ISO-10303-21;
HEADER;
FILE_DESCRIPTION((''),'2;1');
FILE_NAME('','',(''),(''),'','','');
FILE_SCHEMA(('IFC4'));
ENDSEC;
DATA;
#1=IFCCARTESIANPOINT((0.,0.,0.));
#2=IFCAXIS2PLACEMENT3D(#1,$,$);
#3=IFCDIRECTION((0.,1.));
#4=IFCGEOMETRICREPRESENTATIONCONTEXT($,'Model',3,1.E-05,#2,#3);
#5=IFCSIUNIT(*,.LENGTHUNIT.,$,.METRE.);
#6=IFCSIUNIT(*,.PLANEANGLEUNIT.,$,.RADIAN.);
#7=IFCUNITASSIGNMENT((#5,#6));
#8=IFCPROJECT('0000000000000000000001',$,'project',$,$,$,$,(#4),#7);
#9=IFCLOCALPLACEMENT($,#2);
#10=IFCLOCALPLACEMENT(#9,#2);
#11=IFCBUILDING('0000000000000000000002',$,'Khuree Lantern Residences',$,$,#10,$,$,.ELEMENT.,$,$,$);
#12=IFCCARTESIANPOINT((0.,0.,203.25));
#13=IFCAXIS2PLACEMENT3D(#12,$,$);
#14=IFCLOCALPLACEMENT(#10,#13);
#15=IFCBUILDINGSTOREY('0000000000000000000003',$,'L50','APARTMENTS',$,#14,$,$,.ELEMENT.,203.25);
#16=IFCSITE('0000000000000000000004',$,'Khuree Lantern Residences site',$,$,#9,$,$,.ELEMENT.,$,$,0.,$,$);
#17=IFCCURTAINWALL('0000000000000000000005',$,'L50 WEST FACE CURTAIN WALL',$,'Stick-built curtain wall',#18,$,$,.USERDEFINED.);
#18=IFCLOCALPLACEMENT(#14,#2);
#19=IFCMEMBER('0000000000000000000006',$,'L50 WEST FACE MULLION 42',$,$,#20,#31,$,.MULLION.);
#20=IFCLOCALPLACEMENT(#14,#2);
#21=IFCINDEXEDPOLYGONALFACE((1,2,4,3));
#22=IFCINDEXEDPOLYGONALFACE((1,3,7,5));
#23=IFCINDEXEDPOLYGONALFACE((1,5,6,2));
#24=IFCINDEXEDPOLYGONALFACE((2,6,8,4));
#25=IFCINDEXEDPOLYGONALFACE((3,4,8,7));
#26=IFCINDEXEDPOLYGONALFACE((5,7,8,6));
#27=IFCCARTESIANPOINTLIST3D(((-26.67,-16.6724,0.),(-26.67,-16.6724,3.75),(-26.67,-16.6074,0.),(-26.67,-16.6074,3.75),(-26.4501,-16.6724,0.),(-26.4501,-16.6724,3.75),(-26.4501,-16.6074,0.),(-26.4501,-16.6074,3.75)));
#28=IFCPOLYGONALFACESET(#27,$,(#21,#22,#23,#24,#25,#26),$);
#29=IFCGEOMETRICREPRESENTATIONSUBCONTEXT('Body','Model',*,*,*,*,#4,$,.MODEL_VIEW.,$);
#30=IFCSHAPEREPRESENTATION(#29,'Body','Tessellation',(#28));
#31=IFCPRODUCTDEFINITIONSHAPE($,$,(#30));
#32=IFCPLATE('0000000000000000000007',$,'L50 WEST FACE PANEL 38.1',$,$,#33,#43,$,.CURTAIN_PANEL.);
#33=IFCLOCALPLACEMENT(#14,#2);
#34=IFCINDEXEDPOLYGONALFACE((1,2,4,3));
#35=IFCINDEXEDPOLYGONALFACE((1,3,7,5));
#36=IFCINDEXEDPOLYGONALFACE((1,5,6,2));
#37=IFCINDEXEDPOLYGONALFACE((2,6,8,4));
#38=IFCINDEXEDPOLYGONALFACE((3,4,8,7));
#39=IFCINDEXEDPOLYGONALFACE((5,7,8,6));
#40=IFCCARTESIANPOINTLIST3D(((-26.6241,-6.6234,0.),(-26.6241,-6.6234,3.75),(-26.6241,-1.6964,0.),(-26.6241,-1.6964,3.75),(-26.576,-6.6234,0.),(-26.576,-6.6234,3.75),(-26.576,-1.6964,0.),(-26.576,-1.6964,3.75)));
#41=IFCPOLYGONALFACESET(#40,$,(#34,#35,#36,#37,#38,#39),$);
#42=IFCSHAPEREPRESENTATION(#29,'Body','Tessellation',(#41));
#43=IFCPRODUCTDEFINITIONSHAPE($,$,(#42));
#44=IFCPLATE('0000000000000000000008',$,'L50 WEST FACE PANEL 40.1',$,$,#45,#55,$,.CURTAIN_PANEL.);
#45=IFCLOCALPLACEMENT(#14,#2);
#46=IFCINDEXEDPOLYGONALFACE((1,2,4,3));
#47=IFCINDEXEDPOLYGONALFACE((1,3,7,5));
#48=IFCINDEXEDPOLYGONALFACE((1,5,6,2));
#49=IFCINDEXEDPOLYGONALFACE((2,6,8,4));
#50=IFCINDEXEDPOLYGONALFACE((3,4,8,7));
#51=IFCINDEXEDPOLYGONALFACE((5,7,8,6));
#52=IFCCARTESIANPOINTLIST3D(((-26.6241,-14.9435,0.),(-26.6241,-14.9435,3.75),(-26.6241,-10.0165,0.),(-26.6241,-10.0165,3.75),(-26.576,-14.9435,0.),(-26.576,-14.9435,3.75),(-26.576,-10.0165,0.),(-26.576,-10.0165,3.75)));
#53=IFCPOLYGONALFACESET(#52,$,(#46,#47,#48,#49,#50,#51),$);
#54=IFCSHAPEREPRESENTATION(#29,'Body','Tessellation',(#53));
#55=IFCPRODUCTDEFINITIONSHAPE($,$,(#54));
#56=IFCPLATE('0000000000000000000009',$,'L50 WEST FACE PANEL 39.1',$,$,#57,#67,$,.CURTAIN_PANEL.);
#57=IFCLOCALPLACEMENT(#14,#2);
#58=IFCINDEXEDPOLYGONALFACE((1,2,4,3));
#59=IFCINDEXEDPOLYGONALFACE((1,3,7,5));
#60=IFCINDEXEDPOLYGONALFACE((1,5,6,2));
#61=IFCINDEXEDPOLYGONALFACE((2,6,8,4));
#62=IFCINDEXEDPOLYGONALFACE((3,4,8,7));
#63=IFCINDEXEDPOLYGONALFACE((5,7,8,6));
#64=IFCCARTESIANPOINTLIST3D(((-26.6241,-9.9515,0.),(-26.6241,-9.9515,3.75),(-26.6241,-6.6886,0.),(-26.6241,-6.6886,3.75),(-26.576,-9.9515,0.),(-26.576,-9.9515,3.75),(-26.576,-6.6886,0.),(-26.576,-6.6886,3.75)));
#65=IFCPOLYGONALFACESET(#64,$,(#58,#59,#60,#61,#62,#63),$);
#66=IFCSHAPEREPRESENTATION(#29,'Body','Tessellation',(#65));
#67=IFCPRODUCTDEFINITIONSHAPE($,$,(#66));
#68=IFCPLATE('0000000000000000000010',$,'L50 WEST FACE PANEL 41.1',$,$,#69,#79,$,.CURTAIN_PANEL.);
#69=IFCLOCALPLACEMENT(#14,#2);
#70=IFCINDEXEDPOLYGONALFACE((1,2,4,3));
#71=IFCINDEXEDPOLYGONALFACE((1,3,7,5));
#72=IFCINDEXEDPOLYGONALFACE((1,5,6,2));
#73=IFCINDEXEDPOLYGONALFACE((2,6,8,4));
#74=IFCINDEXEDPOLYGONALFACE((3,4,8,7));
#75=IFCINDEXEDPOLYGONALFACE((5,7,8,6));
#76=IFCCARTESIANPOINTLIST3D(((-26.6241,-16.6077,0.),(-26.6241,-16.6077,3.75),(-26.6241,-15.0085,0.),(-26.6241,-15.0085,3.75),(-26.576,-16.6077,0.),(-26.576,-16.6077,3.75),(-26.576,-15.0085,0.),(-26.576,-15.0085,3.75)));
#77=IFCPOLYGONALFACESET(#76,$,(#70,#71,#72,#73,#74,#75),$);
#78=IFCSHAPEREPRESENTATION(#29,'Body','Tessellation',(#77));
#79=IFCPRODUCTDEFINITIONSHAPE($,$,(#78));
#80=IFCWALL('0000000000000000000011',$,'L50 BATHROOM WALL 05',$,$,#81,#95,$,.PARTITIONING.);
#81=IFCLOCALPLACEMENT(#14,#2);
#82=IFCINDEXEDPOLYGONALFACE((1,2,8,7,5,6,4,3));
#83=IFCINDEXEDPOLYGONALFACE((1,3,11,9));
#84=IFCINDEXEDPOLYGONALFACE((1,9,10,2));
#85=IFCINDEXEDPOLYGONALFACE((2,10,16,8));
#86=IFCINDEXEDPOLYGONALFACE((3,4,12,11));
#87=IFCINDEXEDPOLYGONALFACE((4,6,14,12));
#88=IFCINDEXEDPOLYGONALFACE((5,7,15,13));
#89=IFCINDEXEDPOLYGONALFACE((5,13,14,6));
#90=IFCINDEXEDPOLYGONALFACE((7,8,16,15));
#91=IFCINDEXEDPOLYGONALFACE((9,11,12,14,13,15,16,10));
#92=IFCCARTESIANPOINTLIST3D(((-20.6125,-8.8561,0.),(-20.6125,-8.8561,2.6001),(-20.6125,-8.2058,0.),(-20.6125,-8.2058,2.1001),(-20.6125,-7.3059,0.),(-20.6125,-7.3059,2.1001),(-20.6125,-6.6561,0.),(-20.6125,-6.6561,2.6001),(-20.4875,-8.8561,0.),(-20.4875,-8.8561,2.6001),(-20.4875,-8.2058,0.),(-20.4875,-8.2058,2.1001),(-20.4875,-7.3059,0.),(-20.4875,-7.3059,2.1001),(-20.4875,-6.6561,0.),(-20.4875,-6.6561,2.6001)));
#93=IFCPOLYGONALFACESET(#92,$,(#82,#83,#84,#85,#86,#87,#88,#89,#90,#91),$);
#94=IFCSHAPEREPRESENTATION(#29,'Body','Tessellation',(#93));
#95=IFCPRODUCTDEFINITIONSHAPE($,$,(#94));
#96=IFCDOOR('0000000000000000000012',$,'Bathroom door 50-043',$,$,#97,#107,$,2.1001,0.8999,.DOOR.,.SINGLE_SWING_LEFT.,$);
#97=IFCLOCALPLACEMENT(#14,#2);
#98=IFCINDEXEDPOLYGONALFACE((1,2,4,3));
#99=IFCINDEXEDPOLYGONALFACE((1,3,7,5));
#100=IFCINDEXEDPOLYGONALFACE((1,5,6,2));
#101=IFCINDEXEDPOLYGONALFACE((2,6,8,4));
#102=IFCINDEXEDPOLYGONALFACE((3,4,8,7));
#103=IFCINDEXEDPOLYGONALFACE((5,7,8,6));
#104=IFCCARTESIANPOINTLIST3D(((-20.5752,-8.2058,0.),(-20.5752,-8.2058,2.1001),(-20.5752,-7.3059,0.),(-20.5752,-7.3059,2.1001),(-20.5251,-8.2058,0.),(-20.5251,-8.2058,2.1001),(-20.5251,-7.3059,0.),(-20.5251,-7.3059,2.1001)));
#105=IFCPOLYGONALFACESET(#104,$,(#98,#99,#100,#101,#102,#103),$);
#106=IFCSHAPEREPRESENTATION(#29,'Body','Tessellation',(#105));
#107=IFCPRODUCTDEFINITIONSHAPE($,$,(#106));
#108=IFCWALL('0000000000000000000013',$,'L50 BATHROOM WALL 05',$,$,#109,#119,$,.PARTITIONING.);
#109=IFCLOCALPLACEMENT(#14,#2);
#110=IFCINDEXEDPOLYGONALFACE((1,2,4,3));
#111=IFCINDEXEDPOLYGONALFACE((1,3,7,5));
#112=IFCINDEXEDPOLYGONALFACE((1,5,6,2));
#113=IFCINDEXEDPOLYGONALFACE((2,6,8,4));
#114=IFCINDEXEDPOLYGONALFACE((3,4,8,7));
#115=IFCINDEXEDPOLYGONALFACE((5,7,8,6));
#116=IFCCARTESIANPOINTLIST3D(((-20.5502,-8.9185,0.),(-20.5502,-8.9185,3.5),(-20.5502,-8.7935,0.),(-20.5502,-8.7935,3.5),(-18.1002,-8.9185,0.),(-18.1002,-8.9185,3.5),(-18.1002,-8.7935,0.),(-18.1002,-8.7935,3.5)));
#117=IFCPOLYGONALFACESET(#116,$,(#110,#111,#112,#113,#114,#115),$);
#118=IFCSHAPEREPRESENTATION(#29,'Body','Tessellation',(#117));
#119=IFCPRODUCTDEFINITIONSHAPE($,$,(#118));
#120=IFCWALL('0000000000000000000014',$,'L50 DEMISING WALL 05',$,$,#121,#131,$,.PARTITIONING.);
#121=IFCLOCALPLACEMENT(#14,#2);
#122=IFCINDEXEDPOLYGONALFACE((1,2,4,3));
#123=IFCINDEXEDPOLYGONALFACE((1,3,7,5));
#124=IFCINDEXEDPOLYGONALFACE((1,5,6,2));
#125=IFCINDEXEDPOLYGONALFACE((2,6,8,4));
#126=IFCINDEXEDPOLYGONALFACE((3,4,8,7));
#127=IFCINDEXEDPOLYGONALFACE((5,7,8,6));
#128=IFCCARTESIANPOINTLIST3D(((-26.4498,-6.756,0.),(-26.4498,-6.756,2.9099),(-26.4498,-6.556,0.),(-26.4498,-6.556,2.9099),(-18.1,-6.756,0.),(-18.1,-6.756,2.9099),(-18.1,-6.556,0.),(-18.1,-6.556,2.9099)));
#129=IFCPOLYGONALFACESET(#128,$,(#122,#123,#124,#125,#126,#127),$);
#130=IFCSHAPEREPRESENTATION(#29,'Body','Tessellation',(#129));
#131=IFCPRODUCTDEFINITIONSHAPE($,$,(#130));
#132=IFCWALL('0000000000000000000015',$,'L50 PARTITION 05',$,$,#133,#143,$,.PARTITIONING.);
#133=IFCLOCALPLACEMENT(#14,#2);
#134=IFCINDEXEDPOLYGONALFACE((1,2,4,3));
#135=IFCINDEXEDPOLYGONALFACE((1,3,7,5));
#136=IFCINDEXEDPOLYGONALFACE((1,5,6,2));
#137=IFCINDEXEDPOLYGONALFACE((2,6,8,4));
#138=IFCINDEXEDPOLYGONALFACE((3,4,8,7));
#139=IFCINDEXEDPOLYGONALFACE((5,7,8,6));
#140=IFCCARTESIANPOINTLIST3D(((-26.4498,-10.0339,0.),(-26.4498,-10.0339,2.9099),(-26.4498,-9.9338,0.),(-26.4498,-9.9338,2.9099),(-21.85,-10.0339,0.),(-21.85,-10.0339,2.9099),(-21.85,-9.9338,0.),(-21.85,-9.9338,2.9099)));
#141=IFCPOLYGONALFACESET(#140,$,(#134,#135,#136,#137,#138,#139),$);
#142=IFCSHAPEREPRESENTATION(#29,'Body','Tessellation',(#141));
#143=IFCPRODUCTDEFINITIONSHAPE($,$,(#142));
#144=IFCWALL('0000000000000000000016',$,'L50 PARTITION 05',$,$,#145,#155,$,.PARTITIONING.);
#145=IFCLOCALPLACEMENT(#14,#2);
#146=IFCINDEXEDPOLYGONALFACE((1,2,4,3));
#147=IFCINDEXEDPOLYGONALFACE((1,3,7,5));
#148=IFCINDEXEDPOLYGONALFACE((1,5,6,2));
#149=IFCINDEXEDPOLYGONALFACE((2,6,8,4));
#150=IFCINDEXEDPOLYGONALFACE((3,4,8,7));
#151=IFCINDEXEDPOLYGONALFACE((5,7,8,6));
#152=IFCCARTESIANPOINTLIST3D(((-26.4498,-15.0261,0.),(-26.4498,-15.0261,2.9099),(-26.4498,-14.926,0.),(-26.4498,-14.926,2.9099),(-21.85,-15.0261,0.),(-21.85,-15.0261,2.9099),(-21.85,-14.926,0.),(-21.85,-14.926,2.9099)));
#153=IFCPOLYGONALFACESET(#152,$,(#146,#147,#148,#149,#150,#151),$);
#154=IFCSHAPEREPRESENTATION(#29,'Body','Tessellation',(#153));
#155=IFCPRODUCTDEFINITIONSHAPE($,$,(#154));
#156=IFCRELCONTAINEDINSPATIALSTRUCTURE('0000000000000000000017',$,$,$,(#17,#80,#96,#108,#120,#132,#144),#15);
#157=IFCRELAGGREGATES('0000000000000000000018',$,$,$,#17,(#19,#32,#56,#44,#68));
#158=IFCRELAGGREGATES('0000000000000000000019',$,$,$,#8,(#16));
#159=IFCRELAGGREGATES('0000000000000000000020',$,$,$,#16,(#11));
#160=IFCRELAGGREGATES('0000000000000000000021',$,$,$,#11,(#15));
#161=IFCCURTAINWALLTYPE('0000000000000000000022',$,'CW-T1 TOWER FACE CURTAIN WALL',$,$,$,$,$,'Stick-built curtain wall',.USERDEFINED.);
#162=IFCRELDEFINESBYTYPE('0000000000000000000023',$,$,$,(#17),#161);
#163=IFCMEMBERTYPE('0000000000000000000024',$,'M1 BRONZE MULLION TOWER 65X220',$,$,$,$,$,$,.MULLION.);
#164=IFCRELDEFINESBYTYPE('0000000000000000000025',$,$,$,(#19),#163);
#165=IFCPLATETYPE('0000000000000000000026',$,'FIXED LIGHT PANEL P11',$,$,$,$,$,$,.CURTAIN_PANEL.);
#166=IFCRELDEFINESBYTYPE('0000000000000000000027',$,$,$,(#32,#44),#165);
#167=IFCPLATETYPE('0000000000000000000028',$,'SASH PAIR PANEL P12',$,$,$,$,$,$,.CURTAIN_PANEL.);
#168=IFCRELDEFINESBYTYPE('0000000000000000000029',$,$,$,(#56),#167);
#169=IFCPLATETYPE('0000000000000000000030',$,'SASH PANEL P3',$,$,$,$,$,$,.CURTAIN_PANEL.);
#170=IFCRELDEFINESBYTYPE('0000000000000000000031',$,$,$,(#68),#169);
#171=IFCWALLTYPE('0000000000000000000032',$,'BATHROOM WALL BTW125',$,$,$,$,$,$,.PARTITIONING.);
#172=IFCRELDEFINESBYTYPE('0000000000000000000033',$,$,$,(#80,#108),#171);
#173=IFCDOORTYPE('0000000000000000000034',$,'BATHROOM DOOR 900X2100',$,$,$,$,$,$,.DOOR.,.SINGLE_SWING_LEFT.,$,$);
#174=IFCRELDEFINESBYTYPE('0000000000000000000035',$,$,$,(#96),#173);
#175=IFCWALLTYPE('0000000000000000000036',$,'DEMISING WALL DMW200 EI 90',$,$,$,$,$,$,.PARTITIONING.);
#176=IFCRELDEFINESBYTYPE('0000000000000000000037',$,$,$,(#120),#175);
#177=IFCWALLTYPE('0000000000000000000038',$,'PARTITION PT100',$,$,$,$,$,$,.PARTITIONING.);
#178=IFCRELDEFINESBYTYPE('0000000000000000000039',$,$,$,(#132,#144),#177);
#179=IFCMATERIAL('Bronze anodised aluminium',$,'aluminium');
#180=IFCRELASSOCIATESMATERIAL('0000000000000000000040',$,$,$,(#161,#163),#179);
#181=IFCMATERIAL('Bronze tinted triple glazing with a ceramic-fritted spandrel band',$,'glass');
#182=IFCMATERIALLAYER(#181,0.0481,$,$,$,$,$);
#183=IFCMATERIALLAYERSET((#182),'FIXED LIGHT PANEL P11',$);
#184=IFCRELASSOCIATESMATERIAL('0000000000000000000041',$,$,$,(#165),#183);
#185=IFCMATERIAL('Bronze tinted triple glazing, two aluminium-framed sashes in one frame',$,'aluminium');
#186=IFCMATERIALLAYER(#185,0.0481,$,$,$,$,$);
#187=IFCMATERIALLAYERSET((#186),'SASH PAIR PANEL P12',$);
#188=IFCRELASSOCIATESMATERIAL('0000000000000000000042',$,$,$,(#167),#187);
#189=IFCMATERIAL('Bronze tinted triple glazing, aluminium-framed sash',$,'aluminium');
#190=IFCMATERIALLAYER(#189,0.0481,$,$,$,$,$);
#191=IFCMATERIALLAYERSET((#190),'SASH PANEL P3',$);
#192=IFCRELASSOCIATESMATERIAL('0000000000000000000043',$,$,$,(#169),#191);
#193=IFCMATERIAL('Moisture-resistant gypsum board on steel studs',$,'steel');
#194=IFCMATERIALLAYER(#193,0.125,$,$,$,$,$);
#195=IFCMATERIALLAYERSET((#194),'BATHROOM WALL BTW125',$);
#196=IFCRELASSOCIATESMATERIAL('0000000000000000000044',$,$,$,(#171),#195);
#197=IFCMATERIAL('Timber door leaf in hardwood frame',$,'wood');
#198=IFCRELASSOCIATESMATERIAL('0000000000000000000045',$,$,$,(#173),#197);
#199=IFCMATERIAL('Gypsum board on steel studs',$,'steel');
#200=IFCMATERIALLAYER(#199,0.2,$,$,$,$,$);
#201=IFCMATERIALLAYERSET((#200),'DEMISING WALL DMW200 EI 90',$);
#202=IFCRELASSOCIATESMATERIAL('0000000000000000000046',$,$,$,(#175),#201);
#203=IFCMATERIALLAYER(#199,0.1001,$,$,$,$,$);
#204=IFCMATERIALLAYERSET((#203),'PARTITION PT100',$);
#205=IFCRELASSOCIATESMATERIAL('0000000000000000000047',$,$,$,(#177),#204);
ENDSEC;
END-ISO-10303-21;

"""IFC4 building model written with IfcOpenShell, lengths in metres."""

from ifc_helpers import new_model, si_unit, direction, frame, frame_2d, origin, origin_2d, place, context, subcontext, project, spatial, rectangle, extrude, material, layer, layer_set, material_profile, profile_set, type_object, element, fill, aggregate, save


model = new_model("IFC4")

# Units and contexts
model_context = context("Model", 3, precision=1e-05, world=origin(), true_north=direction((0.0, 1.0)))
body_context = subcontext(model_context, "Body", "Model", "MODEL_VIEW")
ifc_project = project(units=[si_unit("LENGTHUNIT", "METRE"), si_unit("PLANEANGLEUNIT", "RADIAN")], contexts=[model_context])

# Site, building, storey
site_placement = place(None, origin())
site = spatial("IfcSite", under=ifc_project, at=site_placement, Name="Khuree Lantern Residences site", CompositionType="ELEMENT", RefElevation=0.0)
building_placement = place(site_placement, origin())
building = spatial("IfcBuilding", under=site, at=building_placement, Name="Khuree Lantern Residences", CompositionType="ELEMENT")
storey_placement = place(building_placement, frame((0.0, 0.0, 203.25)))
storey = spatial("IfcBuildingStorey", under=building, at=storey_placement, Name="L50", Description="APARTMENTS", CompositionType="ELEMENT", Elevation=203.25)

# Curtain wall
ifc_material_1 = material(Name="Bronze anodised aluminium", Category="aluminium")
curtain_wall_type = type_object("IfcCurtainWallType", Name="CW-T1 TOWER FACE CURTAIN WALL", ElementType="Stick-built curtain wall", PredefinedType="USERDEFINED", material=ifc_material_1)
curtain_wall_placement = place(storey_placement, origin())
curtain_wall = element("IfcCurtainWall", 1, at=curtain_wall_placement, inside=storey, type_object=curtain_wall_type, Name="L50 WEST FACE CURTAIN WALL", ObjectType="Stick-built curtain wall", PredefinedType="USERDEFINED")

# Member
ifc_material_profile_1 = material_profile(ifc_material_1, rectangle(XDim=0.0649, YDim=0.22, at=origin_2d()), Name="M1 65X220")
ifc_profile_set_1 = profile_set([ifc_material_profile_1], Name="Bronze anodised aluminium")
member_type_1 = type_object("IfcMemberType", Name="M1 BRONZE MULLION TOWER 65X220", PredefinedType="MULLION", material=ifc_profile_set_1)
member_1_placement = place(storey_placement, frame((-26.5601, -16.6399, 0.0), z_axis=(0.0, 0.0, 1.0), x_axis=(0.0, -1.0, 0.0)))
member_1 = element("IfcMember", 2, at=member_1_placement, type_object=member_type_1, Name="L50 WEST FACE MULLION 42", PredefinedType="MULLION", context=body_context, shape_type="SweptSolid", body=[
    extrude(rectangle(XDim=0.0649, YDim=0.22, at=origin_2d()), origin(), (0.0, 0.0, 1.0), 3.75),
])

# Plates
ifc_material_2 = material(Name="Bronze tinted triple glazing with a ceramic-fritted spandrel band", Category="glass")
ifc_layer_1 = layer(ifc_material_2, 0.0481)
ifc_layer_set_1 = layer_set([ifc_layer_1], Name="FIXED LIGHT PANEL P11")
plate_type_1 = type_object("IfcPlateType", Name="FIXED LIGHT PANEL P11", PredefinedType="CURTAIN_PANEL", material=ifc_layer_set_1)
plate_1_placement = place(storey_placement, frame((-26.6001, -4.1599, 0.0), z_axis=(0.0, 0.0, 1.0), x_axis=(0.0, -1.0, 0.0)))
plate_1 = element("IfcPlate", 3, at=plate_1_placement, type_object=plate_type_1, Name="L50 WEST FACE PANEL 38.1", PredefinedType="CURTAIN_PANEL", context=body_context, shape_type="SweptSolid", body=[
    extrude(rectangle(XDim=4.927, YDim=0.0481, at=origin_2d()), origin(), (0.0, 0.0, 1.0), 3.75),
])
plate_2_placement = place(storey_placement, frame((-26.6001, -12.48, 0.0), z_axis=(0.0, 0.0, 1.0), x_axis=(0.0, -1.0, 0.0)))
plate_2 = element("IfcPlate", 4, at=plate_2_placement, type_object=plate_type_1, Name="L50 WEST FACE PANEL 40.1", PredefinedType="CURTAIN_PANEL", context=body_context, shape_type="SweptSolid", body=[
    extrude(rectangle(XDim=4.927, YDim=0.0481, at=origin_2d()), origin(), (0.0, 0.0, 1.0), 3.75),
])
ifc_material_3 = material(Name="Bronze tinted triple glazing, two aluminium-framed sashes in one frame", Category="aluminium")
ifc_layer_2 = layer(ifc_material_3, 0.0481)
ifc_layer_set_2 = layer_set([ifc_layer_2], Name="SASH PAIR PANEL P12")
plate_type_2 = type_object("IfcPlateType", Name="SASH PAIR PANEL P12", PredefinedType="CURTAIN_PANEL", material=ifc_layer_set_2)
plate_3_placement = place(storey_placement, frame((-26.6001, -8.3201, 0.0), z_axis=(0.0, 0.0, 1.0), x_axis=(0.0, -1.0, 0.0)))
plate_3 = element("IfcPlate", 5, at=plate_3_placement, type_object=plate_type_2, Name="L50 WEST FACE PANEL 39.1", PredefinedType="CURTAIN_PANEL", context=body_context, shape_type="SweptSolid", body=[
    extrude(rectangle(XDim=3.2629, YDim=0.0481, at=origin_2d()), origin(), (0.0, 0.0, 1.0), 3.75),
])
ifc_material_4 = material(Name="Bronze tinted triple glazing, aluminium-framed sash", Category="aluminium")
ifc_layer_3 = layer(ifc_material_4, 0.0481)
ifc_layer_set_3 = layer_set([ifc_layer_3], Name="SASH PANEL P3")
plate_type_3 = type_object("IfcPlateType", Name="SASH PANEL P3", PredefinedType="CURTAIN_PANEL", material=ifc_layer_set_3)
plate_4_placement = place(storey_placement, frame((-26.6001, -15.8081, 0.0), z_axis=(0.0, 0.0, 1.0), x_axis=(0.0, -1.0, 0.0)))
plate_4 = element("IfcPlate", 6, at=plate_4_placement, type_object=plate_type_3, Name="L50 WEST FACE PANEL 41.1", PredefinedType="CURTAIN_PANEL", context=body_context, shape_type="SweptSolid", body=[
    extrude(rectangle(XDim=1.5991, YDim=0.0481, at=origin_2d()), origin(), (0.0, 0.0, 1.0), 3.75),
])
aggregate(curtain_wall, [member_1, plate_1, plate_3, plate_2, plate_4])

# Wall, opening, door
ifc_material_5 = material(Name="Moisture-resistant gypsum board on steel studs", Category="steel")
ifc_layer_4 = layer(ifc_material_5, 0.125)
ifc_layer_set_4 = layer_set([ifc_layer_4], Name="BATHROOM WALL BTW125")
wall_type_1 = type_object("IfcWallType", Name="BATHROOM WALL BTW125", PredefinedType="PARTITIONING", material=ifc_layer_set_4)
wall_1_placement = place(storey_placement, frame((-20.55, -6.656, 0.0), z_axis=(0.0, 0.0, 1.0), x_axis=(0.0, -1.0, 0.0)))
wall_1 = element("IfcWall", 7, at=wall_1_placement, inside=storey, type_object=wall_type_1, Name="L50 BATHROOM WALL 05", PredefinedType="PARTITIONING", context=body_context, shape_type="SweptSolid", body=[
    extrude(rectangle(XDim=2.2, YDim=0.125, at=frame_2d((1.1001, 0.0))), origin(), (0.0, 0.0, 1.0), 2.6001),
])
opening_1_placement = place(wall_1_placement, frame((0.6499, 0.0, 0.0)))
opening_1 = element("IfcOpeningElement", 8, at=opening_1_placement, cuts=wall_1, PredefinedType="OPENING", context=body_context, shape_type="SweptSolid", body=[
    extrude(rectangle(XDim=0.8999, YDim=2.1001, at=frame_2d((0.45, 1.05))), frame((0.0, 0.0725, 0.0), z_axis=(0.0, -1.0, 0.0), x_axis=(1.0, 0.0, 0.0)), (0.0, 0.0, 1.0), 0.145),
])
ifc_material_6 = material(Name="Timber door leaf in hardwood frame", Category="wood")
door_type_1 = type_object("IfcDoorType", Name="BATHROOM DOOR 900X2100", OperationType="SINGLE_SWING_LEFT", PredefinedType="DOOR", material=ifc_material_6)
door_1_placement = place(opening_1_placement, origin())
door_1 = element("IfcDoor", 9, at=door_1_placement, inside=storey, type_object=door_type_1, Name="Bathroom door 50-043", OperationType="SINGLE_SWING_LEFT", OverallHeight=2.1001, OverallWidth=0.8999, PredefinedType="DOOR", context=body_context, shape_type="SweptSolid", body=[
    extrude(rectangle(XDim=0.8999, YDim=2.1001, at=frame_2d((0.45, 1.05))), frame((0.0, 0.0249, 0.0), z_axis=(0.0, -1.0, 0.0), x_axis=(1.0, 0.0, 0.0)), (0.0, 0.0, 1.0), 0.05),
])
fill(opening_1, door_1)

# Walls
wall_2_placement = place(storey_placement, frame((-18.1001, -8.856, 0.0), z_axis=(0.0, 0.0, 1.0), x_axis=(-1.0, 0.0, 0.0)))
element("IfcWall", 10, at=wall_2_placement, inside=storey, type_object=wall_type_1, Name="L50 BATHROOM WALL 05", PredefinedType="PARTITIONING", context=body_context, shape_type="SweptSolid", body=[
    extrude(rectangle(XDim=2.45, YDim=0.125, at=frame_2d((1.2251, 0.0))), origin(), (0.0, 0.0, 1.0), 3.5),
])
ifc_material_7 = material(Name="Gypsum board on steel studs", Category="steel")
ifc_layer_5 = layer(ifc_material_7, 0.2)
ifc_layer_set_5 = layer_set([ifc_layer_5], Name="DEMISING WALL DMW200 EI 90")
wall_type_2 = type_object("IfcWallType", Name="DEMISING WALL DMW200 EI 90", PredefinedType="PARTITIONING", material=ifc_layer_set_5)
wall_3_placement = place(storey_placement, frame((-18.1001, -6.656, 0.0), z_axis=(0.0, 0.0, 1.0), x_axis=(-1.0, 0.0, 0.0)))
element("IfcWall", 11, at=wall_3_placement, inside=storey, type_object=wall_type_2, Name="L50 DEMISING WALL 05", PredefinedType="PARTITIONING", context=body_context, shape_type="SweptSolid", body=[
    extrude(rectangle(XDim=8.3499, YDim=0.2, at=frame_2d((4.1748, 0.0))), origin(), (0.0, 0.0, 1.0), 2.9099),
])
ifc_layer_6 = layer(ifc_material_7, 0.1001)
ifc_layer_set_6 = layer_set([ifc_layer_6], Name="PARTITION PT100")
wall_type_3 = type_object("IfcWallType", Name="PARTITION PT100", PredefinedType="PARTITIONING", material=ifc_layer_set_6)
for number, where, z_axis, x_axis, name in (
    (12, (-21.8501, -9.9839, 0.0), (0.0, 0.0, 1.0), (-1.0, 0.0, 0.0), "L50 PARTITION 05"),
    (13, (-21.8501, -14.9761, 0.0), (0.0, 0.0, 1.0), (-1.0, 0.0, 0.0), "L50 PARTITION 05"),
):
    element("IfcWall", number, at=place(storey_placement, frame(where, z_axis=z_axis, x_axis=x_axis)), inside=storey, type_object=wall_type_3, Name=name, PredefinedType="PARTITIONING", context=body_context, shape_type="SweptSolid", body=[
        extrude(rectangle(XDim=4.5999, YDim=0.1001, at=frame_2d((2.2998, 0.0))), origin(), (0.0, 0.0, 1.0), 2.9099),
    ])

save(model, "model.ifc")
